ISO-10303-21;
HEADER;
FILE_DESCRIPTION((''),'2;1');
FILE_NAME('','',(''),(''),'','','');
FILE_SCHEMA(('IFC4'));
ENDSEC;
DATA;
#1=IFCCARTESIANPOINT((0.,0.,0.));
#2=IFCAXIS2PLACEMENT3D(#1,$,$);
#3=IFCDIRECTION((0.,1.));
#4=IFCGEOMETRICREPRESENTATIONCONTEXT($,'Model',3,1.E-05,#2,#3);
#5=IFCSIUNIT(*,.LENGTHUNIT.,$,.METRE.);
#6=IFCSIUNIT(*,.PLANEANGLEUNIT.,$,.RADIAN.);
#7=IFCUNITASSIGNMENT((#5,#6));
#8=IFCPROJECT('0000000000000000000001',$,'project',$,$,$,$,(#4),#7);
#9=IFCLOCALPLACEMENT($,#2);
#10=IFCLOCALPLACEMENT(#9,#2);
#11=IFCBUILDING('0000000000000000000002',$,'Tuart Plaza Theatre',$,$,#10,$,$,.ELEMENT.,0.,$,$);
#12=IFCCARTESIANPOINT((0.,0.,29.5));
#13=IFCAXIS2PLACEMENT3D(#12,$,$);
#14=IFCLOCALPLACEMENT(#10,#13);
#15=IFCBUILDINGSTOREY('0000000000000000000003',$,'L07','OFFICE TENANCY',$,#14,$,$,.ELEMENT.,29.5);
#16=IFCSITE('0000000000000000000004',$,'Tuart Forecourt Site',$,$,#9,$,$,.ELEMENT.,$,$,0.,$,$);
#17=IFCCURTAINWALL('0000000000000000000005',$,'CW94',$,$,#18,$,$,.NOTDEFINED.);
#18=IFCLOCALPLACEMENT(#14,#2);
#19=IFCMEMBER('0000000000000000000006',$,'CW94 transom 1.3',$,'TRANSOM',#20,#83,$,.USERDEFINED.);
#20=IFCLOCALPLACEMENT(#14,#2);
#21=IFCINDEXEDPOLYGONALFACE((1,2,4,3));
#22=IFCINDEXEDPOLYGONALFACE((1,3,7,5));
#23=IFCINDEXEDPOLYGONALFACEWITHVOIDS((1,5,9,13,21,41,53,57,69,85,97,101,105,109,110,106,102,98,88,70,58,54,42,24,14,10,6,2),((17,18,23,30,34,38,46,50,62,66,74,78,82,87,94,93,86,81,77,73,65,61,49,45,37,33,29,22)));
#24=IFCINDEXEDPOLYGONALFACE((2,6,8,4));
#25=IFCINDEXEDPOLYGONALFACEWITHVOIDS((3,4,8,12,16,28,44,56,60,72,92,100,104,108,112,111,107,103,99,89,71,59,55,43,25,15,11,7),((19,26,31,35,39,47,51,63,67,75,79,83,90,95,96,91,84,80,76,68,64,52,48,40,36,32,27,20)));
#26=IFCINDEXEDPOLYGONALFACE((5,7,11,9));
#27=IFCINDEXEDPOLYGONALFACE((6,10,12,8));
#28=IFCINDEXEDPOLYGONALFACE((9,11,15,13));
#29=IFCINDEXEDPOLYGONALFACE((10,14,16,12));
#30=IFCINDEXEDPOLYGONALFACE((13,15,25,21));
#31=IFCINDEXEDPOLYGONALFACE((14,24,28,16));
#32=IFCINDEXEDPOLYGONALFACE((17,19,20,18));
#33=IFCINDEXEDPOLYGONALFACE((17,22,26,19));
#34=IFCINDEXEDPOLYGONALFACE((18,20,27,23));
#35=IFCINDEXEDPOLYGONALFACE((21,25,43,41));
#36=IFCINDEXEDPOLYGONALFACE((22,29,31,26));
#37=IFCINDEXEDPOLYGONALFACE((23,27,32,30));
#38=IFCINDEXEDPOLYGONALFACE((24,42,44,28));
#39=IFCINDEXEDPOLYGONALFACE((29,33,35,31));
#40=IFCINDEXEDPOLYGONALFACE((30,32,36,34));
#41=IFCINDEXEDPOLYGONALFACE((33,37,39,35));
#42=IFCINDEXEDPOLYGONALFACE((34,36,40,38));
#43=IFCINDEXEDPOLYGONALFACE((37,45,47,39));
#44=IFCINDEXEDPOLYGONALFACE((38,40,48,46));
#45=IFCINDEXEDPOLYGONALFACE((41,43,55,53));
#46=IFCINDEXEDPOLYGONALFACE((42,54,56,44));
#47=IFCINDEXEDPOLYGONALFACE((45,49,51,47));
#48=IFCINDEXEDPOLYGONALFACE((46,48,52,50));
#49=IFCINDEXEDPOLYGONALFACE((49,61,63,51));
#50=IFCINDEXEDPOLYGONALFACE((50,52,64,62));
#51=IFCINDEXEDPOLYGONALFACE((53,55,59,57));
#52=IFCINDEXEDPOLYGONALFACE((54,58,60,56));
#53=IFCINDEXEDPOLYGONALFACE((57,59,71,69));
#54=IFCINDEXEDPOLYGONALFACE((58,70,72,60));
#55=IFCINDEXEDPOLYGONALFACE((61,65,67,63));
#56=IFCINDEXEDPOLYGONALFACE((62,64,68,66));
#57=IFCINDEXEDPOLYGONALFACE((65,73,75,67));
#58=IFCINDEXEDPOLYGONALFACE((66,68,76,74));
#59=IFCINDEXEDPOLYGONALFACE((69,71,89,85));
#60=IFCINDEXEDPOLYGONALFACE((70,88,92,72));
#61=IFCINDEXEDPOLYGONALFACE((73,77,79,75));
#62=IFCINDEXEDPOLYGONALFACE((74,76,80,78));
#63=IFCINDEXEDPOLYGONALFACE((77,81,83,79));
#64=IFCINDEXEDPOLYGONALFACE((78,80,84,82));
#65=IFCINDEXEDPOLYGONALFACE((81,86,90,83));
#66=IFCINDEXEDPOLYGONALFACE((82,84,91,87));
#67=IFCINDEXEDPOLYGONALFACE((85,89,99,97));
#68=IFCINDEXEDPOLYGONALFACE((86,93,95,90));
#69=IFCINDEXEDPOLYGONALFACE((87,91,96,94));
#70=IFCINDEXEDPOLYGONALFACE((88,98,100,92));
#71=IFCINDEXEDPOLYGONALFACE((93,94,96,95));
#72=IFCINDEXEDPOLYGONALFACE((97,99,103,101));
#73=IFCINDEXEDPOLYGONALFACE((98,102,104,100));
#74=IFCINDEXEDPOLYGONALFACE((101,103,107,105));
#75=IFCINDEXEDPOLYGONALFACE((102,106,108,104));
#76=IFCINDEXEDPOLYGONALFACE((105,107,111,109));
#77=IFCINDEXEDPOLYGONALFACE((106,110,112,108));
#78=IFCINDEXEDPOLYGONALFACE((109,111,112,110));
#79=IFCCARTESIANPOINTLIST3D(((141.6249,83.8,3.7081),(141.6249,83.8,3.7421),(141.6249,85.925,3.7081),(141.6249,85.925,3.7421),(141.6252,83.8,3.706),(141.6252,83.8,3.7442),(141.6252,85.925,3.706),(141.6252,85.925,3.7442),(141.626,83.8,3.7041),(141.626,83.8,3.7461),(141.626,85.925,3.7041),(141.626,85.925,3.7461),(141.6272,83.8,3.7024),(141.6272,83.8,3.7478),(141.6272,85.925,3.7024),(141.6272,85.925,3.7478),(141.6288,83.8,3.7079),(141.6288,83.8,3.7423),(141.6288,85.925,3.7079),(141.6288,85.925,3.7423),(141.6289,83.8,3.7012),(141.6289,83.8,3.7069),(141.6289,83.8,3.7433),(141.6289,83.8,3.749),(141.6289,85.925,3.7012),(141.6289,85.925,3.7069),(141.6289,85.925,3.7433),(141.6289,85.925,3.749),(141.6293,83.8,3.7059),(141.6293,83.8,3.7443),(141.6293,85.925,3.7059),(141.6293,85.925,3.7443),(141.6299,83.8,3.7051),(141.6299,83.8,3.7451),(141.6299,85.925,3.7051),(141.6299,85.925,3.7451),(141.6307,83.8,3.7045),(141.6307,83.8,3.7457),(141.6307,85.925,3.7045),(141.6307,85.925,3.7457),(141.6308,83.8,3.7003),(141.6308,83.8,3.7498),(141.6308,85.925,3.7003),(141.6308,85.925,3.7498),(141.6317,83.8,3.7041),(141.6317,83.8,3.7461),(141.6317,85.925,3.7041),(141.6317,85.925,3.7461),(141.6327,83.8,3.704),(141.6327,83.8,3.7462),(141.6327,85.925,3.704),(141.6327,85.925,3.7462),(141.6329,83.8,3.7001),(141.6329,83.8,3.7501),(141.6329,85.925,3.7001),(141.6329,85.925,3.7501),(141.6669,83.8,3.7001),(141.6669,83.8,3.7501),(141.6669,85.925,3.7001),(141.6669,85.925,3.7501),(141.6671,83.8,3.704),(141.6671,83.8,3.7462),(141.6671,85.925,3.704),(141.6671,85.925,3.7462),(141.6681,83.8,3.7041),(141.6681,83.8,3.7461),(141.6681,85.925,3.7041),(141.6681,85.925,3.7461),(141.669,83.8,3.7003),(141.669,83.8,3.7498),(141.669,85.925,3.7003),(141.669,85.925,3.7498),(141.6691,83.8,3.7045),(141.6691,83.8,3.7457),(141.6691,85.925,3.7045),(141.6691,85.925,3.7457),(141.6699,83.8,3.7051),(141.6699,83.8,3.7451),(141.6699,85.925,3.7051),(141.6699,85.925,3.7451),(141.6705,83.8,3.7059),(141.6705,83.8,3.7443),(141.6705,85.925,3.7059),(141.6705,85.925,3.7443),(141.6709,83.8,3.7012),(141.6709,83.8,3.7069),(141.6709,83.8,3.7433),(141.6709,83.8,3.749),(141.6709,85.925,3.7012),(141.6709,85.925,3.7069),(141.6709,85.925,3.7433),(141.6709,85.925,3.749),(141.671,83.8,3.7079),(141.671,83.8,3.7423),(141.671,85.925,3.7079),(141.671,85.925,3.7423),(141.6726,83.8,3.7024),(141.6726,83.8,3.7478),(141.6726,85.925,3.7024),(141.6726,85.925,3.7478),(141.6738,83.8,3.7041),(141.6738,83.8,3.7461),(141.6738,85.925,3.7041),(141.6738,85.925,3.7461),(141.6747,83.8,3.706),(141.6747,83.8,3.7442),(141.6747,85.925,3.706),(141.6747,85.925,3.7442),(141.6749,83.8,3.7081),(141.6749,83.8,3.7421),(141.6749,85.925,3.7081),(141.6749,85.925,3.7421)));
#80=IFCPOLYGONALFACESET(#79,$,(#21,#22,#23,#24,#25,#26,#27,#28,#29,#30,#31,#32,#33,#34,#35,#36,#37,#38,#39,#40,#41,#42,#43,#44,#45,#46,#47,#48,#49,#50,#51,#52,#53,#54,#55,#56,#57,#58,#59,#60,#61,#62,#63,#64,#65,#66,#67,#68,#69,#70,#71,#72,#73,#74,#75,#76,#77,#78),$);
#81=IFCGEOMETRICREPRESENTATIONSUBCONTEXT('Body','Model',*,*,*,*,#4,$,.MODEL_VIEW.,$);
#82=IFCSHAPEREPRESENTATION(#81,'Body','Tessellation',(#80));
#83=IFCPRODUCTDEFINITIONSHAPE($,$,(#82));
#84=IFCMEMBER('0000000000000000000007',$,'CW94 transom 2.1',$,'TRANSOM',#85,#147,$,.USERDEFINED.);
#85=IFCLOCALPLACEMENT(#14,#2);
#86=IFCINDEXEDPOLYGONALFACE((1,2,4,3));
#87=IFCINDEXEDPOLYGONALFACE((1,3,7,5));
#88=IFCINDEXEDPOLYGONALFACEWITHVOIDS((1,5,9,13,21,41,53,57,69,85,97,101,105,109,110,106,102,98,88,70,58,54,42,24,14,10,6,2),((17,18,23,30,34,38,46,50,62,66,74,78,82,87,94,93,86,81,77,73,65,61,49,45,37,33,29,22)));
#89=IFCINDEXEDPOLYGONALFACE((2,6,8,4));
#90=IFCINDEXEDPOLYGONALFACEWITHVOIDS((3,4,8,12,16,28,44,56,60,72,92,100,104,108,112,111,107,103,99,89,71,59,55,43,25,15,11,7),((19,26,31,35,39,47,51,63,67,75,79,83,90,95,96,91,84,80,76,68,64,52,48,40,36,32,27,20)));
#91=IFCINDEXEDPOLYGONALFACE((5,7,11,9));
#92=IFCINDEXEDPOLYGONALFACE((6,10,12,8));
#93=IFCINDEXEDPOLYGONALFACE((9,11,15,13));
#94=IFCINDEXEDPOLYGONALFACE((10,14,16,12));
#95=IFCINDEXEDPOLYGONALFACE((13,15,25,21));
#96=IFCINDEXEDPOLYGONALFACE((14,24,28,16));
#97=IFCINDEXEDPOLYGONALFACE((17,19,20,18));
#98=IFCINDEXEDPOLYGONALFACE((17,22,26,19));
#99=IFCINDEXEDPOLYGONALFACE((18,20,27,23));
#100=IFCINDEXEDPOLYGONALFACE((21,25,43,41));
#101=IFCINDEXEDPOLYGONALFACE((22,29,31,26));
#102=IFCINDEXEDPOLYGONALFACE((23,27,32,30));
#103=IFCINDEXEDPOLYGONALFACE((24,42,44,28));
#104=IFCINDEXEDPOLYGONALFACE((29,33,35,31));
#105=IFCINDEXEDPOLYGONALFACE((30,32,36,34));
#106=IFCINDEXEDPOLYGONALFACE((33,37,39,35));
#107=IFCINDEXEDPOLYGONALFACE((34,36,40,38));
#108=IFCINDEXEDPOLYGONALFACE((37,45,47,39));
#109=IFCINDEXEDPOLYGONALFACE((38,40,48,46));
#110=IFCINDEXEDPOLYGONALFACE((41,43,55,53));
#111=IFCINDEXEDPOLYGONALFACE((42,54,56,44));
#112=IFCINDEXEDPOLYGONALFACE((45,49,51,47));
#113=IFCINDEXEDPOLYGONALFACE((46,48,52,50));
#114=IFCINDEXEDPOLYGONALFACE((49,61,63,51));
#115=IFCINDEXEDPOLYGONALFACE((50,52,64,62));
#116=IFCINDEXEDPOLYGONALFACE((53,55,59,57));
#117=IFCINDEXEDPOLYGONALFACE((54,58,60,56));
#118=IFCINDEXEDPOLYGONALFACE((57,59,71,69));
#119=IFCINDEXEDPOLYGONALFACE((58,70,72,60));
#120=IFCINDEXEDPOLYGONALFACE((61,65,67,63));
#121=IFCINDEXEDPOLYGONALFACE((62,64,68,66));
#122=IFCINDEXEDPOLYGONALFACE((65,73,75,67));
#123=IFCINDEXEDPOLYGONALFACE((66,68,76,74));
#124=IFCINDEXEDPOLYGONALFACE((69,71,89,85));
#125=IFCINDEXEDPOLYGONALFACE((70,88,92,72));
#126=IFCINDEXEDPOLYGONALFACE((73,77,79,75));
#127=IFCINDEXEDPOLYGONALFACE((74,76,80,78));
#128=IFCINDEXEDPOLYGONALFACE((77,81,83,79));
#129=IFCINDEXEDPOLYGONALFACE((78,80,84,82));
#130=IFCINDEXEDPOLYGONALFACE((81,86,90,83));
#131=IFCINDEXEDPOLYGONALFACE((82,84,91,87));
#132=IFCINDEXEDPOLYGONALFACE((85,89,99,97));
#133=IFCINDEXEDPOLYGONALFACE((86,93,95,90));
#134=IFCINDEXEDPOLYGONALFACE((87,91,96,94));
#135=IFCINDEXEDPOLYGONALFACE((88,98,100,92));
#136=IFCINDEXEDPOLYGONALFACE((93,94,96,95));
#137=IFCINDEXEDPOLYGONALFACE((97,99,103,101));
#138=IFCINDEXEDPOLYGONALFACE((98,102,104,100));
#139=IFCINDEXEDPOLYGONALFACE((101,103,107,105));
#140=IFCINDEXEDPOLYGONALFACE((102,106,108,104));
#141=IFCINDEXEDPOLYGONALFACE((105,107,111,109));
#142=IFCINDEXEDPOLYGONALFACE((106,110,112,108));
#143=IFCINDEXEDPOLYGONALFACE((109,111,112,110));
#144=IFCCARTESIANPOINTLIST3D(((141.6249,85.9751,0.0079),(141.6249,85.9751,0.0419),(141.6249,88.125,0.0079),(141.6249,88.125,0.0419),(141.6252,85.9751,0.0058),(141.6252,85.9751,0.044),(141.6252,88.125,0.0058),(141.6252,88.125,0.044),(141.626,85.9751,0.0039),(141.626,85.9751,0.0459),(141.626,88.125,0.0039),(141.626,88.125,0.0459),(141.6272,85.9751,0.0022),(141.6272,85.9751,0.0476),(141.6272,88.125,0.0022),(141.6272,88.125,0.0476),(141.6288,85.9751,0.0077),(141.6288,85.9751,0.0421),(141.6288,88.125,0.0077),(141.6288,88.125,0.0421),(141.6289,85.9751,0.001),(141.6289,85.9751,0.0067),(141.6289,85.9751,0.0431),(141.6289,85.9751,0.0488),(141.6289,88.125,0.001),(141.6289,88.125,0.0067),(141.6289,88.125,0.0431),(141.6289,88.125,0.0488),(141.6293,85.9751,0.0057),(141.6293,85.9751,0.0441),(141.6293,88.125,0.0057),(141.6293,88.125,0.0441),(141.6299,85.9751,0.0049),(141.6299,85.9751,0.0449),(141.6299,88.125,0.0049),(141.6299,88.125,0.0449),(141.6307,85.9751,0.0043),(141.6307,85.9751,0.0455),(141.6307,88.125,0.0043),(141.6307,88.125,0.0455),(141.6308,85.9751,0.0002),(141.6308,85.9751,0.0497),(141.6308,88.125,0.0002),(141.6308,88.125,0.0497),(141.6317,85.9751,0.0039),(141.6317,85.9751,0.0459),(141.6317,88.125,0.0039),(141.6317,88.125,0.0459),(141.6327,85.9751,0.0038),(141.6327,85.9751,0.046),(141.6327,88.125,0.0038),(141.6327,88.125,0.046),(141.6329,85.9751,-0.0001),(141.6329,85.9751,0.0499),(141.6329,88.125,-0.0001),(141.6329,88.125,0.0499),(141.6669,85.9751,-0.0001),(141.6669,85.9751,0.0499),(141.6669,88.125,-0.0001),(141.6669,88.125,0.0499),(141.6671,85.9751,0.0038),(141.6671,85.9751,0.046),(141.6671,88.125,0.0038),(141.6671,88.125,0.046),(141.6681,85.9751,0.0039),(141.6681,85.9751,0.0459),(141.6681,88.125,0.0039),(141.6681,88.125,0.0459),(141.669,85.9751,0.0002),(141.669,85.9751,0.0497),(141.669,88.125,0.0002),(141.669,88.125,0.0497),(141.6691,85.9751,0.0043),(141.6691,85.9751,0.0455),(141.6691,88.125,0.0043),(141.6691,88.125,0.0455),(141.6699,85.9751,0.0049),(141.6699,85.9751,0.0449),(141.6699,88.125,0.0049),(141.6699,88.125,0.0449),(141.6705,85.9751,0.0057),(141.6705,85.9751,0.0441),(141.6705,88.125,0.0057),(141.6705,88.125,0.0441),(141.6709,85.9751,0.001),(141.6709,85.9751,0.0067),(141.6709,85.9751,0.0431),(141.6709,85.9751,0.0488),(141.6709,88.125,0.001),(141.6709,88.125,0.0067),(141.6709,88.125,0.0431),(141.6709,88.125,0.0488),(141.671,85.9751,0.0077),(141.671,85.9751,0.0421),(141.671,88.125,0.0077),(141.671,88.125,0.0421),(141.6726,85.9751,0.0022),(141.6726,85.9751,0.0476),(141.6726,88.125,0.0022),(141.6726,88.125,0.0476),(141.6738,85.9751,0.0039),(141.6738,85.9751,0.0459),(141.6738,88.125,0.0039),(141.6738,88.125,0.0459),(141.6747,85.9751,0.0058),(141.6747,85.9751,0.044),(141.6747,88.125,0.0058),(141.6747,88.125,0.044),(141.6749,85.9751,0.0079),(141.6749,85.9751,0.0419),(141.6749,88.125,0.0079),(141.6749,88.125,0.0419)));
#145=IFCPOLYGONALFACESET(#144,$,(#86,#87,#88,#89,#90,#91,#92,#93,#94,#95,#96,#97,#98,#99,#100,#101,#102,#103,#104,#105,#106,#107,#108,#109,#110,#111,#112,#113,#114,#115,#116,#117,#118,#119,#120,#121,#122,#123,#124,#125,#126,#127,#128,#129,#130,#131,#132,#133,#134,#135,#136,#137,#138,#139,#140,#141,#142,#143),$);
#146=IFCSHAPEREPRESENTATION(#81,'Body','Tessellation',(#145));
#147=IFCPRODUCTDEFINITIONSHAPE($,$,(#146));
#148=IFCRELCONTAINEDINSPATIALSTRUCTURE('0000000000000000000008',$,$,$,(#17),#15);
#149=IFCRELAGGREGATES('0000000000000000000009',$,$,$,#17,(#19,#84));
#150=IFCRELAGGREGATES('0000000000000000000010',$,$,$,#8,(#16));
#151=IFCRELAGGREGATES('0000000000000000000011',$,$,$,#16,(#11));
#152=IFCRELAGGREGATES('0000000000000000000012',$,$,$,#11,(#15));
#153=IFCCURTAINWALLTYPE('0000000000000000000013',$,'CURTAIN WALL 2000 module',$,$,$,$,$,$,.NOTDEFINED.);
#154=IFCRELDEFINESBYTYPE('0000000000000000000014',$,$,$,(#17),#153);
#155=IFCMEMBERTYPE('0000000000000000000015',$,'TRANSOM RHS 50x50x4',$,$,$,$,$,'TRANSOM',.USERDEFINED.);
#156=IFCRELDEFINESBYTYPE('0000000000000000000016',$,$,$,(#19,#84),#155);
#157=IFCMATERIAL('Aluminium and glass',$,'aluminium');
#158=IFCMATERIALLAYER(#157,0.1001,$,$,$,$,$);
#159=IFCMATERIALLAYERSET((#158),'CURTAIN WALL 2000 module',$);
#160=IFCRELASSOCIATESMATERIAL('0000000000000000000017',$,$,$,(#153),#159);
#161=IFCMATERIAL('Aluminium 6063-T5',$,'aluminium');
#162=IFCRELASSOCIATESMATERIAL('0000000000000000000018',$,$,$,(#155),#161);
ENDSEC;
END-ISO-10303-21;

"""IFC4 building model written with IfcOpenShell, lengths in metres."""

from ifc_helpers import new_model, si_unit, direction, frame, origin, origin_2d, place, context, subcontext, project, spatial, hollow_rectangle, extrude, material, layer, layer_set, material_profile, profile_set, type_object, element, aggregate, save


model = new_model("IFC4")

# Units and contexts
model_context = context("Model", 3, precision=1e-05, world=origin(), true_north=direction((0.0, 1.0)))
body_context = subcontext(model_context, "Body", "Model", "MODEL_VIEW")
ifc_project = project(units=[si_unit("LENGTHUNIT", "METRE"), si_unit("PLANEANGLEUNIT", "RADIAN")], contexts=[model_context])

# Site, building, storey
site_placement = place(None, origin())
site = spatial("IfcSite", under=ifc_project, at=site_placement, Name="Tuart Forecourt Site", CompositionType="ELEMENT", RefElevation=0.0)
building_placement = place(site_placement, origin())
building = spatial("IfcBuilding", under=site, at=building_placement, Name="Tuart Plaza Theatre", CompositionType="ELEMENT", ElevationOfRefHeight=0.0)
storey_placement = place(building_placement, frame((0.0, 0.0, 29.5)))
storey = spatial("IfcBuildingStorey", under=building, at=storey_placement, Name="L07", Description="OFFICE TENANCY", CompositionType="ELEMENT", Elevation=29.5)

# Curtain wall, members
ifc_material_1 = material(Name="Aluminium and glass", Category="aluminium")
ifc_layer_1 = layer(ifc_material_1, 0.1001)
ifc_layer_set_1 = layer_set([ifc_layer_1], Name="CURTAIN WALL 2000 module")
curtain_wall_type = type_object("IfcCurtainWallType", Name="CURTAIN WALL 2000 module", PredefinedType="NOTDEFINED", material=ifc_layer_set_1)
curtain_wall_1_placement = place(storey_placement, origin())
curtain_wall_1 = element("IfcCurtainWall", 1, at=curtain_wall_1_placement, inside=storey, type_object=curtain_wall_type, Name="CW94", PredefinedType="NOTDEFINED")
ifc_material_2 = material(Name="Aluminium 6063-T5", Category="aluminium")
ifc_material_profile_1 = material_profile(ifc_material_2, hollow_rectangle(XDim=0.05, YDim=0.05, WallThickness=0.0039, InnerFilletRadius=0.0039, OuterFilletRadius=0.0081, at=origin_2d()), Name="RHS 50x50x4")
ifc_profile_set_1 = profile_set([ifc_material_profile_1], Name="Aluminium 6063-T5")
member_type_1 = type_object("IfcMemberType", Name="TRANSOM RHS 50x50x4", ElementType="TRANSOM", PredefinedType="USERDEFINED", material=ifc_profile_set_1)
member_1_placement = place(storey_placement, frame((141.6499, 83.8, 3.7251), z_axis=(0.0, 1.0, 0.0), x_axis=(-1.0, 0.0, 0.0)))
member_1 = element("IfcMember", 2, at=member_1_placement, type_object=member_type_1, Name="CW94 transom 1.3", ObjectType="TRANSOM", PredefinedType="USERDEFINED", context=body_context, shape_type="SweptSolid", body=[
    extrude(hollow_rectangle(XDim=0.05, YDim=0.05, WallThickness=0.0039, InnerFilletRadius=0.0039, OuterFilletRadius=0.0081, at=origin_2d()), origin(), (0.0, 0.0, 1.0), 2.125),
])
member_2_placement = place(storey_placement, frame((141.6499, 85.9751, 0.0249), z_axis=(0.0, 1.0, 0.0), x_axis=(-1.0, 0.0, 0.0)))
member_2 = element("IfcMember", 3, at=member_2_placement, type_object=member_type_1, Name="CW94 transom 2.1", ObjectType="TRANSOM", PredefinedType="USERDEFINED", context=body_context, shape_type="SweptSolid", body=[
    extrude(hollow_rectangle(XDim=0.05, YDim=0.05, WallThickness=0.0039, InnerFilletRadius=0.0039, OuterFilletRadius=0.0081, at=origin_2d()), origin(), (0.0, 0.0, 1.0), 2.1499),
])
aggregate(curtain_wall_1, [member_1, member_2])

save(model, "model.ifc")
